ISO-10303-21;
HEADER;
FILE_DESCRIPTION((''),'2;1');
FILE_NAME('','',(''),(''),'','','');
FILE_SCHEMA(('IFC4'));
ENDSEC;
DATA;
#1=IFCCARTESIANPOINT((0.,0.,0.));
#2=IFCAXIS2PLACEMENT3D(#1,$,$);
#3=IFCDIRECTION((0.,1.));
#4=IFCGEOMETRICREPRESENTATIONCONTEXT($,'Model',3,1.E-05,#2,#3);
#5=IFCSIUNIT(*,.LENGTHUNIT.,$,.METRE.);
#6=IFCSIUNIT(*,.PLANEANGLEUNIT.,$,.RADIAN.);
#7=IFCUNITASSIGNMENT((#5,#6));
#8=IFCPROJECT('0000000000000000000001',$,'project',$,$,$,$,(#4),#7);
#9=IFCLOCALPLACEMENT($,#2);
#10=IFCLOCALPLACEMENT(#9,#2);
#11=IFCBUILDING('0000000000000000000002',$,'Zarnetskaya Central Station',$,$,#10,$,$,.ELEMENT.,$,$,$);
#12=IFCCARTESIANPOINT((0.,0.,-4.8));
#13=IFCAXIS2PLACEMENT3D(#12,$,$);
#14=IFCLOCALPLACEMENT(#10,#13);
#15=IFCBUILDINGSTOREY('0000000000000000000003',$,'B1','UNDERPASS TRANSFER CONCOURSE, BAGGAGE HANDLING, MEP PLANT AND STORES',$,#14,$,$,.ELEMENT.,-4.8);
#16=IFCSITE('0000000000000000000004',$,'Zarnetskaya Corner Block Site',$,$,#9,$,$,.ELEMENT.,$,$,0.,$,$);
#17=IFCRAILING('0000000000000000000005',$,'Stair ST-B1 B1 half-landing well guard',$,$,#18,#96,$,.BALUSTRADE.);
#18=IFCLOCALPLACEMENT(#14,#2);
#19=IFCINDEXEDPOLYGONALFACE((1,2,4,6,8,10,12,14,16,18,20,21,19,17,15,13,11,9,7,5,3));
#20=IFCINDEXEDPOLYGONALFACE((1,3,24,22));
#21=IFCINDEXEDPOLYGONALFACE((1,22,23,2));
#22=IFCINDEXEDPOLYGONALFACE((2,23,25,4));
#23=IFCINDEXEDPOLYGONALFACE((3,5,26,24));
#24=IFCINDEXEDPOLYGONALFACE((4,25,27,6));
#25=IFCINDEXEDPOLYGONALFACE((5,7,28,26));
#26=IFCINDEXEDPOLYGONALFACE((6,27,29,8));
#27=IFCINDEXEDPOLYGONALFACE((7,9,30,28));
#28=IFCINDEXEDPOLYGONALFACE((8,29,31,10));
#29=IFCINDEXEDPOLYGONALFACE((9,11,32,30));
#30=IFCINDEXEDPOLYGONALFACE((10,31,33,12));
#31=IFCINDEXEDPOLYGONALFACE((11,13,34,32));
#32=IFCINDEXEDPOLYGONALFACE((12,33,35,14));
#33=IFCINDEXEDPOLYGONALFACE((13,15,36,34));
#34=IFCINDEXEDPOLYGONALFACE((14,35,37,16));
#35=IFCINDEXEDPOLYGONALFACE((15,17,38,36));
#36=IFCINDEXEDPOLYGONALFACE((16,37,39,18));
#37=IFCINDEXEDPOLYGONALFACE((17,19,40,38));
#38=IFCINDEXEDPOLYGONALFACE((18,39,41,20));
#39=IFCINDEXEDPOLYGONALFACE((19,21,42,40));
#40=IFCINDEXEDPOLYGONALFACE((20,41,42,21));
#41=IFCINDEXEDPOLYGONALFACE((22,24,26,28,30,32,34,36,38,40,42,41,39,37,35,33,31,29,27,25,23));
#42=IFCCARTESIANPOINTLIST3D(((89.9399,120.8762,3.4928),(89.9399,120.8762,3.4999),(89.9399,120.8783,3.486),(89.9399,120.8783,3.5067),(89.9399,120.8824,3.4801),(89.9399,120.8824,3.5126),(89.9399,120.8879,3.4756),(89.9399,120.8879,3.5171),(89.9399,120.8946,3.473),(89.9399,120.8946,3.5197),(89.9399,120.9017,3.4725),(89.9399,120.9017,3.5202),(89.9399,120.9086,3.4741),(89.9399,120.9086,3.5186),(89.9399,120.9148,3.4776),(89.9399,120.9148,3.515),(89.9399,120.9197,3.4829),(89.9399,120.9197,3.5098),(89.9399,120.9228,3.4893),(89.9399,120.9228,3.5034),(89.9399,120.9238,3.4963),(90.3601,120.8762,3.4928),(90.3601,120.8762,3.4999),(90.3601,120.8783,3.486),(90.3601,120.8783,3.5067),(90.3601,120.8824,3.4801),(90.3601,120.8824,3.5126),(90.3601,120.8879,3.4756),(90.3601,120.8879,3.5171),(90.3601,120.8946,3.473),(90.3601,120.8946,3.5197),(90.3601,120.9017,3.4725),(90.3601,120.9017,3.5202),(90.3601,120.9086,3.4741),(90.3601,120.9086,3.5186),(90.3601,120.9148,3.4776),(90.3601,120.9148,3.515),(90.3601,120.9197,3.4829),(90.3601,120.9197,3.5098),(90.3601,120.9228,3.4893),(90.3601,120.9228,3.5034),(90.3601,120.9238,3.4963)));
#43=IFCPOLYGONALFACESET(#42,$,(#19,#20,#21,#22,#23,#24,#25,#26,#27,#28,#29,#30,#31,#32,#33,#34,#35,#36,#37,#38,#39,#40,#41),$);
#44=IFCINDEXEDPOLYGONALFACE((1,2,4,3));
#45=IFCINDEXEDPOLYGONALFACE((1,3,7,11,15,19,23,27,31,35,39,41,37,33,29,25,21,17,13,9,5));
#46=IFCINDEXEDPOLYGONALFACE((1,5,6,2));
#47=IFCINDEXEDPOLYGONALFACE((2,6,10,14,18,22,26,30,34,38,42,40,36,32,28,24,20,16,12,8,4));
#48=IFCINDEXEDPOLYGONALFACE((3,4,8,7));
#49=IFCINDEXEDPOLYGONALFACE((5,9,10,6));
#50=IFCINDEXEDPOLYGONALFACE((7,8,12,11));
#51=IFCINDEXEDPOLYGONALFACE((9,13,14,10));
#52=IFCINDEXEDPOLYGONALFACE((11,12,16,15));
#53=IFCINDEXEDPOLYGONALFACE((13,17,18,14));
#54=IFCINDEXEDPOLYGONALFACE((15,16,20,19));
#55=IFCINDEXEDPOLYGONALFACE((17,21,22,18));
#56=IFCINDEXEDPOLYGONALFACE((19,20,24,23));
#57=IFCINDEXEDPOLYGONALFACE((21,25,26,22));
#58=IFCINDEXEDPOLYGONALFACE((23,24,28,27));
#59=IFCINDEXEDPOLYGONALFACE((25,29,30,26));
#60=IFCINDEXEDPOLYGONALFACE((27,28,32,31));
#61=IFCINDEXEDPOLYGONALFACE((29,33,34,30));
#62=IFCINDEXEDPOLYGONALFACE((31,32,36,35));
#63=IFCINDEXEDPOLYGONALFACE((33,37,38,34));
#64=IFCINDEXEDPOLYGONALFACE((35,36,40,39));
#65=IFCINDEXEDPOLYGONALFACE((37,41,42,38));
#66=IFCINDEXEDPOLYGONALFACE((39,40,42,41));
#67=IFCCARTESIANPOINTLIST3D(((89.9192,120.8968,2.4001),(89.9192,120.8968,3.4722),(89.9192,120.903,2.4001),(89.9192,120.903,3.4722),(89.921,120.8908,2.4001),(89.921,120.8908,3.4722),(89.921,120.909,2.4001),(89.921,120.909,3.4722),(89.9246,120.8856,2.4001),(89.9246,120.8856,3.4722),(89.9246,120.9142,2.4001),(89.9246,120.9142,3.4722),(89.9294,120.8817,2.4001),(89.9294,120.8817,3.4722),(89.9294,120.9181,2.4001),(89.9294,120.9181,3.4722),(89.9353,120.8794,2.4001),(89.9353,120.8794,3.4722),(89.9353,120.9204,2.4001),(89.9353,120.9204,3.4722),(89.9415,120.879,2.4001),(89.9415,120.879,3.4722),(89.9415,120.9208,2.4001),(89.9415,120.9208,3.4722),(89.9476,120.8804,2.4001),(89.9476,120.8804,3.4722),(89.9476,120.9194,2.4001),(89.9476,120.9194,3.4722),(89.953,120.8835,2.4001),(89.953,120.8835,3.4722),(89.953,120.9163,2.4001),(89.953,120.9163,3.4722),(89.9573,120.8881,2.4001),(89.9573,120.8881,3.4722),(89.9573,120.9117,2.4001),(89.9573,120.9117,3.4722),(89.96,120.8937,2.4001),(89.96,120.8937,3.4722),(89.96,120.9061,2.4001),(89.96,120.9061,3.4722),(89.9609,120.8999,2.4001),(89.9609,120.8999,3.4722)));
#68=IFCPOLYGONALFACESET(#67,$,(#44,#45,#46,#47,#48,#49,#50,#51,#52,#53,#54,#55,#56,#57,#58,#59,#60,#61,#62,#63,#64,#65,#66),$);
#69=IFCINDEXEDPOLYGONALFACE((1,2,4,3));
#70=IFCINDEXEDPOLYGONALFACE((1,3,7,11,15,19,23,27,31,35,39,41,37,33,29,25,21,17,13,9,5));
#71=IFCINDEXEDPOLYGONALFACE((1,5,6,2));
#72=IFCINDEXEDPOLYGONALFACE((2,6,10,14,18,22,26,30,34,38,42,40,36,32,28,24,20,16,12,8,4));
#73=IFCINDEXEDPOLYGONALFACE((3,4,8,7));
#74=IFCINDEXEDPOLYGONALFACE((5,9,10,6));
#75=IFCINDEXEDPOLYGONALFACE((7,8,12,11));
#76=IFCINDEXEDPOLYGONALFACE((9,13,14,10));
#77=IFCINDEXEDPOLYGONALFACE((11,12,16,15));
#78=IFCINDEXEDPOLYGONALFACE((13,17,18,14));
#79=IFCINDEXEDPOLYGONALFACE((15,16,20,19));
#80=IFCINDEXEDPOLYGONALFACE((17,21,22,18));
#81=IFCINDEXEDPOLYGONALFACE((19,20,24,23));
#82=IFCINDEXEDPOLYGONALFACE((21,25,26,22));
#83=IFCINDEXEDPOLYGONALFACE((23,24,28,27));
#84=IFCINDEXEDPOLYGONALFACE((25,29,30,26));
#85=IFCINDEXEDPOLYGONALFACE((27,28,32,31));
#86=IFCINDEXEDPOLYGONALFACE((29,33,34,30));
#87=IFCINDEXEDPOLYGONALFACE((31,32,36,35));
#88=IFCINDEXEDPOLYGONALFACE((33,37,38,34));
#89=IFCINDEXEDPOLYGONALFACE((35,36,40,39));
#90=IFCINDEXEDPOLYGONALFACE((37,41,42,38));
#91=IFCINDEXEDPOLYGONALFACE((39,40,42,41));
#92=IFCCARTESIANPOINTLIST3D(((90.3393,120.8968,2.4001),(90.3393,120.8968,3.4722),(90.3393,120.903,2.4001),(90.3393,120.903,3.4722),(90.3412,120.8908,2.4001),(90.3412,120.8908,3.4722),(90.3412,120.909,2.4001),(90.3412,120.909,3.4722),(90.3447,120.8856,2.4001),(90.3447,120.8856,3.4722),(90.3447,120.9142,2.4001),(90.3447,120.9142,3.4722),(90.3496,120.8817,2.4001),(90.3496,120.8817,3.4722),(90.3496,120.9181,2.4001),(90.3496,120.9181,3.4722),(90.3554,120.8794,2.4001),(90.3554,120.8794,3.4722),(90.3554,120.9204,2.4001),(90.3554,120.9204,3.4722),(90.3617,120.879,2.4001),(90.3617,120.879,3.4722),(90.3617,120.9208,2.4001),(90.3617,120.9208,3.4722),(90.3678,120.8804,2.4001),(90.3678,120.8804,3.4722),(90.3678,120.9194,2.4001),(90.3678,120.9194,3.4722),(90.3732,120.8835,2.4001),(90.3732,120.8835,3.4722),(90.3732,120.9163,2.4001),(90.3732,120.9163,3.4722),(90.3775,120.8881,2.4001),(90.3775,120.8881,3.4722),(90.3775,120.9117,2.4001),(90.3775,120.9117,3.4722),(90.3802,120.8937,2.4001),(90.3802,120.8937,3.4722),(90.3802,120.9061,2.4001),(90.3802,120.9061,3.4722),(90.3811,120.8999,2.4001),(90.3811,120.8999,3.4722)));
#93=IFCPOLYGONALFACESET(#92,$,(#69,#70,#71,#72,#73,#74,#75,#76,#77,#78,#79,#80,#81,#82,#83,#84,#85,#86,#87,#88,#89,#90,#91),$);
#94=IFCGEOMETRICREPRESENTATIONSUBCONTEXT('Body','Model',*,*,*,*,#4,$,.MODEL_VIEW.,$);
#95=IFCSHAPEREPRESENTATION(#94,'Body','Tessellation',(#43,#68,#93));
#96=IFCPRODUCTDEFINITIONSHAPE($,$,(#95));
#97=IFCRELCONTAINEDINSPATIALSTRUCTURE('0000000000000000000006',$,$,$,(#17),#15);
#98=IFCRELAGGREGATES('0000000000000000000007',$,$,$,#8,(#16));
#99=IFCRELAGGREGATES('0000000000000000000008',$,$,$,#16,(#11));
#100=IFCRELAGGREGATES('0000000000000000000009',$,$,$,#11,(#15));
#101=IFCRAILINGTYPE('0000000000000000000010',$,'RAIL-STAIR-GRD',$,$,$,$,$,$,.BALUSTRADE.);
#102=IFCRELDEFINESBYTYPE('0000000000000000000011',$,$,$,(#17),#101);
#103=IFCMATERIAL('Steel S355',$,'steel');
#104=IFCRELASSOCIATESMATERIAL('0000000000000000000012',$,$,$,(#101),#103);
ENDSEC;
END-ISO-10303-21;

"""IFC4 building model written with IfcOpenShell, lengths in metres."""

from ifc_helpers import new_model, si_unit, direction, frame, origin, origin_2d, place, context, subcontext, project, spatial, circle, extrude, material, type_object, element, save


model = new_model("IFC4")

# Units and contexts
model_context = context("Model", 3, precision=1e-05, world=origin(), true_north=direction((0.0, 1.0)))
body_context = subcontext(model_context, "Body", "Model", "MODEL_VIEW")
ifc_project = project(units=[si_unit("LENGTHUNIT", "METRE"), si_unit("PLANEANGLEUNIT", "RADIAN")], contexts=[model_context])

# Site, building, storey
site_placement = place(None, origin())
site = spatial("IfcSite", under=ifc_project, at=site_placement, Name="Zarnetskaya Corner Block Site", CompositionType="ELEMENT", RefElevation=0.0)
building_placement = place(site_placement, origin())
building = spatial("IfcBuilding", under=site, at=building_placement, Name="Zarnetskaya Central Station", CompositionType="ELEMENT")
storey_placement = place(building_placement, frame((0.0, 0.0, -4.8)))
storey = spatial("IfcBuildingStorey", under=building, at=storey_placement, Name="B1", Description="UNDERPASS TRANSFER CONCOURSE, BAGGAGE HANDLING, MEP PLANT AND STORES", CompositionType="ELEMENT", Elevation=-4.8)

# Railing
ifc_material_1 = material(Name="Steel S355", Category="steel")
railing_type_1 = type_object("IfcRailingType", Name="RAIL-STAIR-GRD", PredefinedType="BALUSTRADE", material=ifc_material_1)
railing_1_placement = place(storey_placement, frame((89.9399, 120.8999, 2.4001)))
element("IfcRailing", 1, at=railing_1_placement, inside=storey, type_object=railing_type_1, Name="Stair ST-B1 B1 half-landing well guard", PredefinedType="BALUSTRADE", context=body_context, shape_type="SweptSolid", body=[
    extrude(circle(Radius=0.0239, at=origin_2d()), frame((0.0, 0.0, 1.0962), z_axis=(1.0, 0.0, 0.0), x_axis=(0.0, 1.0, 0.0)), (0.0, 0.0, 1.0), 0.4202),
    extrude(circle(Radius=0.021, at=origin_2d()), origin(), (0.0, 0.0, 1.0), 1.072),
    extrude(circle(Radius=0.021, at=origin_2d()), frame((0.4202, 0.0, 0.0)), (0.0, 0.0, 1.0), 1.072),
])

save(model, "model.ifc")
